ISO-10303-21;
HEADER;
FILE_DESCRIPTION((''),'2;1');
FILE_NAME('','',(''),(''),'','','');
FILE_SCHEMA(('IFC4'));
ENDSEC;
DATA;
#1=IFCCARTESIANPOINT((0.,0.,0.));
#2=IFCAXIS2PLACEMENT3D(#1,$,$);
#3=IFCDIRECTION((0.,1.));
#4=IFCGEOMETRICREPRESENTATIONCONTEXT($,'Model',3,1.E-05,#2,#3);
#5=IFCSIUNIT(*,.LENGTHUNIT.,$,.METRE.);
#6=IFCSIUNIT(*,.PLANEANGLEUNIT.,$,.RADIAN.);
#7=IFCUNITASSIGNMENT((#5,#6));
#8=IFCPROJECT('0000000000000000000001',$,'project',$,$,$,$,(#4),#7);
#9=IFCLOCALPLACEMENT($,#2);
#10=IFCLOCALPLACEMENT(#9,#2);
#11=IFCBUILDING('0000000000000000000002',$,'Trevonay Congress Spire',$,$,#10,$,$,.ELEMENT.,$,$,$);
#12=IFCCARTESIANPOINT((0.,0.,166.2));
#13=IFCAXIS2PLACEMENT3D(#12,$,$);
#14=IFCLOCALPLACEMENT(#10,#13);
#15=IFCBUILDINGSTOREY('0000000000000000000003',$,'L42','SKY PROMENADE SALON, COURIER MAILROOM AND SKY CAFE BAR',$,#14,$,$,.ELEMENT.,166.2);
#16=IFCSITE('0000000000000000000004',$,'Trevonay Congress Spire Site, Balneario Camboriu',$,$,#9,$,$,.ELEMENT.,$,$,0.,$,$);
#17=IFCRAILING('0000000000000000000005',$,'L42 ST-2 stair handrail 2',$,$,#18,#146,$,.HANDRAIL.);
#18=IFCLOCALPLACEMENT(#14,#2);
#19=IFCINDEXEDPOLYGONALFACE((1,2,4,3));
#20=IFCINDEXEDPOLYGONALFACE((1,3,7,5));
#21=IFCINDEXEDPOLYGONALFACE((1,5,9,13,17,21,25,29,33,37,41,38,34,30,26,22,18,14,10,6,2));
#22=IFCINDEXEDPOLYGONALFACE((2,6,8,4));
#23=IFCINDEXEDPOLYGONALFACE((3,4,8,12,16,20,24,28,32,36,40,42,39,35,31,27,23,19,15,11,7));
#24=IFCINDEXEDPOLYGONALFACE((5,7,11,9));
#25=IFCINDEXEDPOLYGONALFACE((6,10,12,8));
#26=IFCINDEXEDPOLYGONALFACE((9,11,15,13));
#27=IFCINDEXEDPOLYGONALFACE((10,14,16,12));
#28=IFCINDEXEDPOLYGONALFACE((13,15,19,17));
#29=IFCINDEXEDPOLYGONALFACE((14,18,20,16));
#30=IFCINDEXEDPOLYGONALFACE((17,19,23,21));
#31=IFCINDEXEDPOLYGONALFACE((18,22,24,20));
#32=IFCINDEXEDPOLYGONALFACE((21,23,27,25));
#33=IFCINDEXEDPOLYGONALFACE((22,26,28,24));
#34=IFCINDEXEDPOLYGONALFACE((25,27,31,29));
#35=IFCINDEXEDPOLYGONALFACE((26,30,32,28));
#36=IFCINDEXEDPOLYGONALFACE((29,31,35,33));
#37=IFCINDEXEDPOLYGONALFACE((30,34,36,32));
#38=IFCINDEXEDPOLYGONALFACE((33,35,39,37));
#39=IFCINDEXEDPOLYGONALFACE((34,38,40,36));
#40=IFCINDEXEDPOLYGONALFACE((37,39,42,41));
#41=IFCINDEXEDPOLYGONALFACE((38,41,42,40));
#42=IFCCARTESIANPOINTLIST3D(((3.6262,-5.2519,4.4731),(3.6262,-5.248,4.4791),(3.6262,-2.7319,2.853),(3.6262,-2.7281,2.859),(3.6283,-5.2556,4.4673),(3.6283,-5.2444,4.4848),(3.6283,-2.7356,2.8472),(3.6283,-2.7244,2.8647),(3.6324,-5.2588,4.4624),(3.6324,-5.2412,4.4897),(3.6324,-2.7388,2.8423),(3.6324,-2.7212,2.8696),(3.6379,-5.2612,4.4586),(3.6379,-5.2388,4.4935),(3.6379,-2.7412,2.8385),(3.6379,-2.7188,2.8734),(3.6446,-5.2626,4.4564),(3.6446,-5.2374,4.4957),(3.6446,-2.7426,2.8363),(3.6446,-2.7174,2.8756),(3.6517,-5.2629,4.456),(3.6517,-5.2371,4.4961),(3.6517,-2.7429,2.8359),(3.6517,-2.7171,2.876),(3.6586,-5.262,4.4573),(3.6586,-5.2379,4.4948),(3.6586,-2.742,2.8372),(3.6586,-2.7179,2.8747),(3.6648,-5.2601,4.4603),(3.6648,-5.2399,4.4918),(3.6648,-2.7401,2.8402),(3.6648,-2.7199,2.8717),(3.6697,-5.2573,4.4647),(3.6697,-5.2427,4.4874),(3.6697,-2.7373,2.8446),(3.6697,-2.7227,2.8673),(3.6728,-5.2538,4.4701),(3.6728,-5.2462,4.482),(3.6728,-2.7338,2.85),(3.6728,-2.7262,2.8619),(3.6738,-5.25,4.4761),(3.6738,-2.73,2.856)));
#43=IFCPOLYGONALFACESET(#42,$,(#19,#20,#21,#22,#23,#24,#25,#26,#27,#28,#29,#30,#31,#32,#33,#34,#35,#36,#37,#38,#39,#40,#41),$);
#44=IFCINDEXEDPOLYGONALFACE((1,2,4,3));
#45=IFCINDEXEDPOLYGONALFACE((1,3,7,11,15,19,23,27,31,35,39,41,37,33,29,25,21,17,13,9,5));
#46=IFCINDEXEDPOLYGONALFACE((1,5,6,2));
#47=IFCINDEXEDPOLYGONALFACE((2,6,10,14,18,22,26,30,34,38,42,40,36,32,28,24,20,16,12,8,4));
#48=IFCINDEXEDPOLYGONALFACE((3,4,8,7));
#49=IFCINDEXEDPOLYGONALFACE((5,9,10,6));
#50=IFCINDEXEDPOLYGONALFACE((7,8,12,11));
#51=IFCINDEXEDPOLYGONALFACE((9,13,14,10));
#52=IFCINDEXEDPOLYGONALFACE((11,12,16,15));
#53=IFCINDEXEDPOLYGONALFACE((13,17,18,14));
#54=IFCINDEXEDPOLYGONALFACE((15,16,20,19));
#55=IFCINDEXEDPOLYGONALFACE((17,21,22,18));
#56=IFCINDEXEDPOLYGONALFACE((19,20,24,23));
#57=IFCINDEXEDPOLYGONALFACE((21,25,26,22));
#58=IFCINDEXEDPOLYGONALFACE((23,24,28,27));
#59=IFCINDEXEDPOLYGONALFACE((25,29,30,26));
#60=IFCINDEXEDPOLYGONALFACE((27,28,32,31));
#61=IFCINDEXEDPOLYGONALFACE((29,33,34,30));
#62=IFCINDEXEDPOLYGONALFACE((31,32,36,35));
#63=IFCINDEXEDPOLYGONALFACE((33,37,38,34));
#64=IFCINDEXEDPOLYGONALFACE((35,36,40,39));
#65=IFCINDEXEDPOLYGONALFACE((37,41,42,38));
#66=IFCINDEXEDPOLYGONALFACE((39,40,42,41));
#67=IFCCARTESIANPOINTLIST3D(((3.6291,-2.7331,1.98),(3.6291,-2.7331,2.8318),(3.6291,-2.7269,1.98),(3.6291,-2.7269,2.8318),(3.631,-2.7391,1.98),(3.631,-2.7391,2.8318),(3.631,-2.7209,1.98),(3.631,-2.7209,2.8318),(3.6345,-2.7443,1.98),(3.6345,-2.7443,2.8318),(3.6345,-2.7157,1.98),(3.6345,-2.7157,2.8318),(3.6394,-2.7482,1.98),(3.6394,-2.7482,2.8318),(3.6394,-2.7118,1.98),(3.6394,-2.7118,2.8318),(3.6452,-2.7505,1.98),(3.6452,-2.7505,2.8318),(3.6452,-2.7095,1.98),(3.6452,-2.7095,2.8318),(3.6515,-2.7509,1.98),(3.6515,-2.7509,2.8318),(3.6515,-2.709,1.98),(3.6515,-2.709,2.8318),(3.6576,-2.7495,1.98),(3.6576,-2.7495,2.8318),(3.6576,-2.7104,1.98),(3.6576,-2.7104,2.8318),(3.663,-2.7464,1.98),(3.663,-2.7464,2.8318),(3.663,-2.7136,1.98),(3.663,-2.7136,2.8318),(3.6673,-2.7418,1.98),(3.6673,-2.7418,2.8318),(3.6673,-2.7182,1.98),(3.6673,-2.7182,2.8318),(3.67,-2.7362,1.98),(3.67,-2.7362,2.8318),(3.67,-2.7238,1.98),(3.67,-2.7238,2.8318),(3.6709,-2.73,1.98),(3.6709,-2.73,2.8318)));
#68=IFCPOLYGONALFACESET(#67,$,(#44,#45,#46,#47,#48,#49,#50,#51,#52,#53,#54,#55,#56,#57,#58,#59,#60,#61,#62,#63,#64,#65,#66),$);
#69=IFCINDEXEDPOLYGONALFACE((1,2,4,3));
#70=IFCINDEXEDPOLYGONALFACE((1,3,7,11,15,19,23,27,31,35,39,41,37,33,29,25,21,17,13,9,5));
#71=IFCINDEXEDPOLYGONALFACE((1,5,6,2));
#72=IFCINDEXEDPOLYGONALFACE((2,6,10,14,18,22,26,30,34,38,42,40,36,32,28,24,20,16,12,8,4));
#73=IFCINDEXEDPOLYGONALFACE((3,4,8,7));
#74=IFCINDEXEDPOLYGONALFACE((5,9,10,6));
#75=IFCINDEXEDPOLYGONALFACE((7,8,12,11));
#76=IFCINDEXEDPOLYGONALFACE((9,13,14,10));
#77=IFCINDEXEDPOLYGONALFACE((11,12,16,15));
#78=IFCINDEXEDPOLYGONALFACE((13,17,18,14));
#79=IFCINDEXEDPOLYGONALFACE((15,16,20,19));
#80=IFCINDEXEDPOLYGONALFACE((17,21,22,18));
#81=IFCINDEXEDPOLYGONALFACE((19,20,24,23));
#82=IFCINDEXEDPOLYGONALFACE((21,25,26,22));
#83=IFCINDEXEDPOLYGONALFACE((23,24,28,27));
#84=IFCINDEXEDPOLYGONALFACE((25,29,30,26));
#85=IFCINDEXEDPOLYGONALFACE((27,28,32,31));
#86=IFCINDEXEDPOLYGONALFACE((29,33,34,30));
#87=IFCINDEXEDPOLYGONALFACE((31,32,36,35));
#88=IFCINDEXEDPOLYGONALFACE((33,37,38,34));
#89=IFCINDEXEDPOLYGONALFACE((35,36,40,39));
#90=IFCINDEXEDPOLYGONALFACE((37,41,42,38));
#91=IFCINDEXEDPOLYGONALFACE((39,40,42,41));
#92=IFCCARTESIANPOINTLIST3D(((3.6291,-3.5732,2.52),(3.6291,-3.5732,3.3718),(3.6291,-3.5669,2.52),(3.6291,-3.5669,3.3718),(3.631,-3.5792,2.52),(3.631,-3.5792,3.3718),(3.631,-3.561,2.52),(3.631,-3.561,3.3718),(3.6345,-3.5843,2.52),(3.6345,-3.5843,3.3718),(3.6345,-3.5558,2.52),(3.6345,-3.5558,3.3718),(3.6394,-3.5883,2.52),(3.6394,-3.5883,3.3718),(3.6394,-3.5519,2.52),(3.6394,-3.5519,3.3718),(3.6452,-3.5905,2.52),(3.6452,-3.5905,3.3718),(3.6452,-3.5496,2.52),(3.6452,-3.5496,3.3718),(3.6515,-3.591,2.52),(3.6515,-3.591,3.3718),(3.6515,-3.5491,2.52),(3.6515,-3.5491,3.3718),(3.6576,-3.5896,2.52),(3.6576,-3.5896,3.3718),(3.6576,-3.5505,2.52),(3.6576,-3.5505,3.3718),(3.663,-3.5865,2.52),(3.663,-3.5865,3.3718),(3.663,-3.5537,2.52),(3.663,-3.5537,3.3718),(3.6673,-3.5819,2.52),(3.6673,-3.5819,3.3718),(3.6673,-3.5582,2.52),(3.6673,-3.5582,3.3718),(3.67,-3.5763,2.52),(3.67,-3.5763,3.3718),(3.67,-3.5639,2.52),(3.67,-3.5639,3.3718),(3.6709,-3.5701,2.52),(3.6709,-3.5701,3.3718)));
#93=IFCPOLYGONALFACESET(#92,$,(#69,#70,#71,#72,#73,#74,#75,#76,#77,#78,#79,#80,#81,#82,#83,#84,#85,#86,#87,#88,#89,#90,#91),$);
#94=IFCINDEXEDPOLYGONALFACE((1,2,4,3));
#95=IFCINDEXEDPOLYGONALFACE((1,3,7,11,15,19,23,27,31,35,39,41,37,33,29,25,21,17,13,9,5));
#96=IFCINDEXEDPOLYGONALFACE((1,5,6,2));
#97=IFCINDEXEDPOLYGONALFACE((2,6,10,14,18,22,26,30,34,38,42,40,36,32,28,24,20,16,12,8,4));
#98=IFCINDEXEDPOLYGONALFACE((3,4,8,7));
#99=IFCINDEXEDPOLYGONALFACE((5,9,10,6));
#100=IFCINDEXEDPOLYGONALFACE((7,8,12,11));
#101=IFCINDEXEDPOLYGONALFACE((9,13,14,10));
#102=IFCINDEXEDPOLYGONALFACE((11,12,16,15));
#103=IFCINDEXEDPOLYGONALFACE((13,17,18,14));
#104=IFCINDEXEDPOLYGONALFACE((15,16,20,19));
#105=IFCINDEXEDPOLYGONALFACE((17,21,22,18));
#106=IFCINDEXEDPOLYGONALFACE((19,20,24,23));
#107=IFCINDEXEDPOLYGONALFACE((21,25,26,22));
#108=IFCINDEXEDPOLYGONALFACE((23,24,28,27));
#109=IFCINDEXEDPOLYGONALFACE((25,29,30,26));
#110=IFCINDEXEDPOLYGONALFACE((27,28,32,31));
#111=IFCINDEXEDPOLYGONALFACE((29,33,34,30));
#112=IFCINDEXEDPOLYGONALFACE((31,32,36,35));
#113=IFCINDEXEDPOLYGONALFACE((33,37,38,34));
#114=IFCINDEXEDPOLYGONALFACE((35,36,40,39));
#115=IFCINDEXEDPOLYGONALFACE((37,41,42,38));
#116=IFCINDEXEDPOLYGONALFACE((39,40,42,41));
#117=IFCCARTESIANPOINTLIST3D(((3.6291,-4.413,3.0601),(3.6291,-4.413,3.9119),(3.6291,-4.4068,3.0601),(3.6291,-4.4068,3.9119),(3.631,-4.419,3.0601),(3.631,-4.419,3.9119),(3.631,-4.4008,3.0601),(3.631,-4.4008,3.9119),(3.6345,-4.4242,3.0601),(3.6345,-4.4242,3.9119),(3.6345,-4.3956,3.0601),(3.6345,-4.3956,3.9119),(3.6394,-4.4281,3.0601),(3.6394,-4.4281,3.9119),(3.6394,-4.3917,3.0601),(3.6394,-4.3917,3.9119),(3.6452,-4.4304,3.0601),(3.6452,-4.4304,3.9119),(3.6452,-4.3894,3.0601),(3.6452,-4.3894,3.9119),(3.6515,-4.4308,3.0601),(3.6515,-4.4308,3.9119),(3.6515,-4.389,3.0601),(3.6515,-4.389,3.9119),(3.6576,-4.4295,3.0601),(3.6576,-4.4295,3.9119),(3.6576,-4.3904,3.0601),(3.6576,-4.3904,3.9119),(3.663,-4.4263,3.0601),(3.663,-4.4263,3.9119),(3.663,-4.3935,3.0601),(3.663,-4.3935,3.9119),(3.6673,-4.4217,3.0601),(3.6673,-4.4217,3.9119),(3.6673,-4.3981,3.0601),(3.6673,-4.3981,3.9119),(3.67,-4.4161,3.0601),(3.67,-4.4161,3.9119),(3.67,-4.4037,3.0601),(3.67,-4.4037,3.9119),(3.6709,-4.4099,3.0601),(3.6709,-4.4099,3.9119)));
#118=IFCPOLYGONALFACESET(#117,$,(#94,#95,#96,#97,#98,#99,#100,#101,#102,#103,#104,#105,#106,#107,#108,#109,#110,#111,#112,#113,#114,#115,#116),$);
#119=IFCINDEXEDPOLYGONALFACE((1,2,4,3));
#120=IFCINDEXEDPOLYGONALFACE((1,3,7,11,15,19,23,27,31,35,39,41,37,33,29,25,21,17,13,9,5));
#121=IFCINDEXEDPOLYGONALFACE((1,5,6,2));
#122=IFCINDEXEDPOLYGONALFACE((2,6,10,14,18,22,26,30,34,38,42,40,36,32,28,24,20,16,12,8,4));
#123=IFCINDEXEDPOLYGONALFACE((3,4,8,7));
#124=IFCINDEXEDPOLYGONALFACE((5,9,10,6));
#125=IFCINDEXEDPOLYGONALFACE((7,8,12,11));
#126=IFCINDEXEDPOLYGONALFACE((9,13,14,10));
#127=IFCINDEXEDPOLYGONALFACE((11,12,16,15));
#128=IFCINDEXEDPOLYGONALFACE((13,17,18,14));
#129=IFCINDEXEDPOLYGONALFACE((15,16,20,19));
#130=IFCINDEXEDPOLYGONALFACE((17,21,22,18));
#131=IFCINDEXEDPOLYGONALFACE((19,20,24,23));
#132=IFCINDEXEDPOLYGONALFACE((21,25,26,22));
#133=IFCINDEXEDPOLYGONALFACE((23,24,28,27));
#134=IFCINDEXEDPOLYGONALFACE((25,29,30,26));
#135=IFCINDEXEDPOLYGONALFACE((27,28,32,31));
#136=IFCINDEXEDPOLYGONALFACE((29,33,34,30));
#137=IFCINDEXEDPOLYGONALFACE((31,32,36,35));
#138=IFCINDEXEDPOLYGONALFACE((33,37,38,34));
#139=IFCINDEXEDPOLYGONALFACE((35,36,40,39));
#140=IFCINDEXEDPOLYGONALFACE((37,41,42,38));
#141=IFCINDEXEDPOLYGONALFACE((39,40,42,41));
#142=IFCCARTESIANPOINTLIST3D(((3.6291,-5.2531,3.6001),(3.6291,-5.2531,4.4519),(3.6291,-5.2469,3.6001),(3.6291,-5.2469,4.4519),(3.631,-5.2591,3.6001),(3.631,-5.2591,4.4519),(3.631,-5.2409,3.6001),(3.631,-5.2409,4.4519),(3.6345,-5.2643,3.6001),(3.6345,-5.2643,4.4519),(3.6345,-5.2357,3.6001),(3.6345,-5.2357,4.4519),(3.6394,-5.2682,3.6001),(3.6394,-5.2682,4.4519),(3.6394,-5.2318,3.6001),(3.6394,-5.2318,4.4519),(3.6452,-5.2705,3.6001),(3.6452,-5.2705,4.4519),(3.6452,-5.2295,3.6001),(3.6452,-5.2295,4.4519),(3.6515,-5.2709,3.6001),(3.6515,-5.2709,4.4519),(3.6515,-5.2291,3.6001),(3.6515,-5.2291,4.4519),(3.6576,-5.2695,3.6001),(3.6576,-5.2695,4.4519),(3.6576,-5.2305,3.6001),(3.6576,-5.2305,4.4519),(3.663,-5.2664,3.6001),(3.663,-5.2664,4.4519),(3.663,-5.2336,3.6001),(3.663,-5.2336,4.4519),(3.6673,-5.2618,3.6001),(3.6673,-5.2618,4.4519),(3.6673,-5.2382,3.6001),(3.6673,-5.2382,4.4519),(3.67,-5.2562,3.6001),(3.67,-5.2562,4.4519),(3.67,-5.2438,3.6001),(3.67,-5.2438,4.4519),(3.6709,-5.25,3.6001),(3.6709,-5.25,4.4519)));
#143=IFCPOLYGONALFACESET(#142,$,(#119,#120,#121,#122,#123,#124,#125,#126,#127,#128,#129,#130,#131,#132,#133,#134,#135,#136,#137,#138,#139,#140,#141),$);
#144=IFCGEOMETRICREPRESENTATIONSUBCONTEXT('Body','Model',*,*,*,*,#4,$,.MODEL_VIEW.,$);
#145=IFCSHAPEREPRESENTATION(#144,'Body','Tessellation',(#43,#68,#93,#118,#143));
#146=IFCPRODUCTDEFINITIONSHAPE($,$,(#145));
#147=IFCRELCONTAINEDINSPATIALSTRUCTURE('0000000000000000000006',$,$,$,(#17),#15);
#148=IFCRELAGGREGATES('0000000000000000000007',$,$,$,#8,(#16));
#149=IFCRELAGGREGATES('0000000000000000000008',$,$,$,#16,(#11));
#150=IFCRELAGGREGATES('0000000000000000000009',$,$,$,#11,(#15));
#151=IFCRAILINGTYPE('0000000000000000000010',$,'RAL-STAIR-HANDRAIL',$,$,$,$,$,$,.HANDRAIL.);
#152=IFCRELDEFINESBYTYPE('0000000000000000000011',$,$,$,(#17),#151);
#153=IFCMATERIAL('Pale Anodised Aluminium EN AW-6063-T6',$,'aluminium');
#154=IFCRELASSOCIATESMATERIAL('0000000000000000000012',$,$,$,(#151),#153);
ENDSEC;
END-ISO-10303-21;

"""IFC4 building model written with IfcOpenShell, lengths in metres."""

from ifc_helpers import new_model, si_unit, direction, frame, origin, origin_2d, place, context, subcontext, project, spatial, circle, extrude, material, type_object, element, save


model = new_model("IFC4")

# Units and contexts
model_context = context("Model", 3, precision=1e-05, world=origin(), true_north=direction((0.0, 1.0)))
body_context = subcontext(model_context, "Body", "Model", "MODEL_VIEW")
ifc_project = project(units=[si_unit("LENGTHUNIT", "METRE"), si_unit("PLANEANGLEUNIT", "RADIAN")], contexts=[model_context])

# Site, building, storey
site_placement = place(None, origin())
site = spatial("IfcSite", under=ifc_project, at=site_placement, Name="Trevonay Congress Spire Site, Balneario Camboriu", CompositionType="ELEMENT", RefElevation=0.0)
building_placement = place(site_placement, origin())
building = spatial("IfcBuilding", under=site, at=building_placement, Name="Trevonay Congress Spire", CompositionType="ELEMENT")
storey_placement = place(building_placement, frame((0.0, 0.0, 166.2)))
storey = spatial("IfcBuildingStorey", under=building, at=storey_placement, Name="L42", Description="SKY PROMENADE SALON, COURIER MAILROOM AND SKY CAFE BAR", CompositionType="ELEMENT", Elevation=166.2)

# Shared definitions
ifc_material_1 = material(Name="Pale Anodised Aluminium EN AW-6063-T6", Category="aluminium")

# Railing
railing_type_1 = type_object("IfcRailingType", Name="RAL-STAIR-HANDRAIL", PredefinedType="HANDRAIL", material=ifc_material_1)
railing_1_placement = place(storey_placement, frame((3.6499, -2.73, 1.98)))
element("IfcRailing", 1, at=railing_1_placement, inside=storey, type_object=railing_type_1, Name="L42 ST-2 stair handrail 2", PredefinedType="HANDRAIL", context=body_context, shape_type="SweptSolid", body=[
    extrude(circle(Radius=0.0239, at=origin_2d()), frame((0.0, 0.0, 0.876), z_axis=(0.0, -0.841163, 0.540782), x_axis=(1.0, 0.0, 0.0)), (0.0, 0.0, 1.0), 2.9958),
    extrude(circle(Radius=0.021, at=origin_2d()), origin(), (0.0, 0.0, 1.0), 0.8518),
    extrude(circle(Radius=0.021, at=origin_2d()), frame((0.0, -0.8401, 0.54)), (0.0, 0.0, 1.0), 0.8518),
    extrude(circle(Radius=0.021, at=origin_2d()), frame((0.0, -1.6799, 1.0801)), (0.0, 0.0, 1.0), 0.8518),
    extrude(circle(Radius=0.021, at=origin_2d()), frame((0.0, -2.52, 1.6201)), (0.0, 0.0, 1.0), 0.8518),
])

save(model, "model.ifc")
